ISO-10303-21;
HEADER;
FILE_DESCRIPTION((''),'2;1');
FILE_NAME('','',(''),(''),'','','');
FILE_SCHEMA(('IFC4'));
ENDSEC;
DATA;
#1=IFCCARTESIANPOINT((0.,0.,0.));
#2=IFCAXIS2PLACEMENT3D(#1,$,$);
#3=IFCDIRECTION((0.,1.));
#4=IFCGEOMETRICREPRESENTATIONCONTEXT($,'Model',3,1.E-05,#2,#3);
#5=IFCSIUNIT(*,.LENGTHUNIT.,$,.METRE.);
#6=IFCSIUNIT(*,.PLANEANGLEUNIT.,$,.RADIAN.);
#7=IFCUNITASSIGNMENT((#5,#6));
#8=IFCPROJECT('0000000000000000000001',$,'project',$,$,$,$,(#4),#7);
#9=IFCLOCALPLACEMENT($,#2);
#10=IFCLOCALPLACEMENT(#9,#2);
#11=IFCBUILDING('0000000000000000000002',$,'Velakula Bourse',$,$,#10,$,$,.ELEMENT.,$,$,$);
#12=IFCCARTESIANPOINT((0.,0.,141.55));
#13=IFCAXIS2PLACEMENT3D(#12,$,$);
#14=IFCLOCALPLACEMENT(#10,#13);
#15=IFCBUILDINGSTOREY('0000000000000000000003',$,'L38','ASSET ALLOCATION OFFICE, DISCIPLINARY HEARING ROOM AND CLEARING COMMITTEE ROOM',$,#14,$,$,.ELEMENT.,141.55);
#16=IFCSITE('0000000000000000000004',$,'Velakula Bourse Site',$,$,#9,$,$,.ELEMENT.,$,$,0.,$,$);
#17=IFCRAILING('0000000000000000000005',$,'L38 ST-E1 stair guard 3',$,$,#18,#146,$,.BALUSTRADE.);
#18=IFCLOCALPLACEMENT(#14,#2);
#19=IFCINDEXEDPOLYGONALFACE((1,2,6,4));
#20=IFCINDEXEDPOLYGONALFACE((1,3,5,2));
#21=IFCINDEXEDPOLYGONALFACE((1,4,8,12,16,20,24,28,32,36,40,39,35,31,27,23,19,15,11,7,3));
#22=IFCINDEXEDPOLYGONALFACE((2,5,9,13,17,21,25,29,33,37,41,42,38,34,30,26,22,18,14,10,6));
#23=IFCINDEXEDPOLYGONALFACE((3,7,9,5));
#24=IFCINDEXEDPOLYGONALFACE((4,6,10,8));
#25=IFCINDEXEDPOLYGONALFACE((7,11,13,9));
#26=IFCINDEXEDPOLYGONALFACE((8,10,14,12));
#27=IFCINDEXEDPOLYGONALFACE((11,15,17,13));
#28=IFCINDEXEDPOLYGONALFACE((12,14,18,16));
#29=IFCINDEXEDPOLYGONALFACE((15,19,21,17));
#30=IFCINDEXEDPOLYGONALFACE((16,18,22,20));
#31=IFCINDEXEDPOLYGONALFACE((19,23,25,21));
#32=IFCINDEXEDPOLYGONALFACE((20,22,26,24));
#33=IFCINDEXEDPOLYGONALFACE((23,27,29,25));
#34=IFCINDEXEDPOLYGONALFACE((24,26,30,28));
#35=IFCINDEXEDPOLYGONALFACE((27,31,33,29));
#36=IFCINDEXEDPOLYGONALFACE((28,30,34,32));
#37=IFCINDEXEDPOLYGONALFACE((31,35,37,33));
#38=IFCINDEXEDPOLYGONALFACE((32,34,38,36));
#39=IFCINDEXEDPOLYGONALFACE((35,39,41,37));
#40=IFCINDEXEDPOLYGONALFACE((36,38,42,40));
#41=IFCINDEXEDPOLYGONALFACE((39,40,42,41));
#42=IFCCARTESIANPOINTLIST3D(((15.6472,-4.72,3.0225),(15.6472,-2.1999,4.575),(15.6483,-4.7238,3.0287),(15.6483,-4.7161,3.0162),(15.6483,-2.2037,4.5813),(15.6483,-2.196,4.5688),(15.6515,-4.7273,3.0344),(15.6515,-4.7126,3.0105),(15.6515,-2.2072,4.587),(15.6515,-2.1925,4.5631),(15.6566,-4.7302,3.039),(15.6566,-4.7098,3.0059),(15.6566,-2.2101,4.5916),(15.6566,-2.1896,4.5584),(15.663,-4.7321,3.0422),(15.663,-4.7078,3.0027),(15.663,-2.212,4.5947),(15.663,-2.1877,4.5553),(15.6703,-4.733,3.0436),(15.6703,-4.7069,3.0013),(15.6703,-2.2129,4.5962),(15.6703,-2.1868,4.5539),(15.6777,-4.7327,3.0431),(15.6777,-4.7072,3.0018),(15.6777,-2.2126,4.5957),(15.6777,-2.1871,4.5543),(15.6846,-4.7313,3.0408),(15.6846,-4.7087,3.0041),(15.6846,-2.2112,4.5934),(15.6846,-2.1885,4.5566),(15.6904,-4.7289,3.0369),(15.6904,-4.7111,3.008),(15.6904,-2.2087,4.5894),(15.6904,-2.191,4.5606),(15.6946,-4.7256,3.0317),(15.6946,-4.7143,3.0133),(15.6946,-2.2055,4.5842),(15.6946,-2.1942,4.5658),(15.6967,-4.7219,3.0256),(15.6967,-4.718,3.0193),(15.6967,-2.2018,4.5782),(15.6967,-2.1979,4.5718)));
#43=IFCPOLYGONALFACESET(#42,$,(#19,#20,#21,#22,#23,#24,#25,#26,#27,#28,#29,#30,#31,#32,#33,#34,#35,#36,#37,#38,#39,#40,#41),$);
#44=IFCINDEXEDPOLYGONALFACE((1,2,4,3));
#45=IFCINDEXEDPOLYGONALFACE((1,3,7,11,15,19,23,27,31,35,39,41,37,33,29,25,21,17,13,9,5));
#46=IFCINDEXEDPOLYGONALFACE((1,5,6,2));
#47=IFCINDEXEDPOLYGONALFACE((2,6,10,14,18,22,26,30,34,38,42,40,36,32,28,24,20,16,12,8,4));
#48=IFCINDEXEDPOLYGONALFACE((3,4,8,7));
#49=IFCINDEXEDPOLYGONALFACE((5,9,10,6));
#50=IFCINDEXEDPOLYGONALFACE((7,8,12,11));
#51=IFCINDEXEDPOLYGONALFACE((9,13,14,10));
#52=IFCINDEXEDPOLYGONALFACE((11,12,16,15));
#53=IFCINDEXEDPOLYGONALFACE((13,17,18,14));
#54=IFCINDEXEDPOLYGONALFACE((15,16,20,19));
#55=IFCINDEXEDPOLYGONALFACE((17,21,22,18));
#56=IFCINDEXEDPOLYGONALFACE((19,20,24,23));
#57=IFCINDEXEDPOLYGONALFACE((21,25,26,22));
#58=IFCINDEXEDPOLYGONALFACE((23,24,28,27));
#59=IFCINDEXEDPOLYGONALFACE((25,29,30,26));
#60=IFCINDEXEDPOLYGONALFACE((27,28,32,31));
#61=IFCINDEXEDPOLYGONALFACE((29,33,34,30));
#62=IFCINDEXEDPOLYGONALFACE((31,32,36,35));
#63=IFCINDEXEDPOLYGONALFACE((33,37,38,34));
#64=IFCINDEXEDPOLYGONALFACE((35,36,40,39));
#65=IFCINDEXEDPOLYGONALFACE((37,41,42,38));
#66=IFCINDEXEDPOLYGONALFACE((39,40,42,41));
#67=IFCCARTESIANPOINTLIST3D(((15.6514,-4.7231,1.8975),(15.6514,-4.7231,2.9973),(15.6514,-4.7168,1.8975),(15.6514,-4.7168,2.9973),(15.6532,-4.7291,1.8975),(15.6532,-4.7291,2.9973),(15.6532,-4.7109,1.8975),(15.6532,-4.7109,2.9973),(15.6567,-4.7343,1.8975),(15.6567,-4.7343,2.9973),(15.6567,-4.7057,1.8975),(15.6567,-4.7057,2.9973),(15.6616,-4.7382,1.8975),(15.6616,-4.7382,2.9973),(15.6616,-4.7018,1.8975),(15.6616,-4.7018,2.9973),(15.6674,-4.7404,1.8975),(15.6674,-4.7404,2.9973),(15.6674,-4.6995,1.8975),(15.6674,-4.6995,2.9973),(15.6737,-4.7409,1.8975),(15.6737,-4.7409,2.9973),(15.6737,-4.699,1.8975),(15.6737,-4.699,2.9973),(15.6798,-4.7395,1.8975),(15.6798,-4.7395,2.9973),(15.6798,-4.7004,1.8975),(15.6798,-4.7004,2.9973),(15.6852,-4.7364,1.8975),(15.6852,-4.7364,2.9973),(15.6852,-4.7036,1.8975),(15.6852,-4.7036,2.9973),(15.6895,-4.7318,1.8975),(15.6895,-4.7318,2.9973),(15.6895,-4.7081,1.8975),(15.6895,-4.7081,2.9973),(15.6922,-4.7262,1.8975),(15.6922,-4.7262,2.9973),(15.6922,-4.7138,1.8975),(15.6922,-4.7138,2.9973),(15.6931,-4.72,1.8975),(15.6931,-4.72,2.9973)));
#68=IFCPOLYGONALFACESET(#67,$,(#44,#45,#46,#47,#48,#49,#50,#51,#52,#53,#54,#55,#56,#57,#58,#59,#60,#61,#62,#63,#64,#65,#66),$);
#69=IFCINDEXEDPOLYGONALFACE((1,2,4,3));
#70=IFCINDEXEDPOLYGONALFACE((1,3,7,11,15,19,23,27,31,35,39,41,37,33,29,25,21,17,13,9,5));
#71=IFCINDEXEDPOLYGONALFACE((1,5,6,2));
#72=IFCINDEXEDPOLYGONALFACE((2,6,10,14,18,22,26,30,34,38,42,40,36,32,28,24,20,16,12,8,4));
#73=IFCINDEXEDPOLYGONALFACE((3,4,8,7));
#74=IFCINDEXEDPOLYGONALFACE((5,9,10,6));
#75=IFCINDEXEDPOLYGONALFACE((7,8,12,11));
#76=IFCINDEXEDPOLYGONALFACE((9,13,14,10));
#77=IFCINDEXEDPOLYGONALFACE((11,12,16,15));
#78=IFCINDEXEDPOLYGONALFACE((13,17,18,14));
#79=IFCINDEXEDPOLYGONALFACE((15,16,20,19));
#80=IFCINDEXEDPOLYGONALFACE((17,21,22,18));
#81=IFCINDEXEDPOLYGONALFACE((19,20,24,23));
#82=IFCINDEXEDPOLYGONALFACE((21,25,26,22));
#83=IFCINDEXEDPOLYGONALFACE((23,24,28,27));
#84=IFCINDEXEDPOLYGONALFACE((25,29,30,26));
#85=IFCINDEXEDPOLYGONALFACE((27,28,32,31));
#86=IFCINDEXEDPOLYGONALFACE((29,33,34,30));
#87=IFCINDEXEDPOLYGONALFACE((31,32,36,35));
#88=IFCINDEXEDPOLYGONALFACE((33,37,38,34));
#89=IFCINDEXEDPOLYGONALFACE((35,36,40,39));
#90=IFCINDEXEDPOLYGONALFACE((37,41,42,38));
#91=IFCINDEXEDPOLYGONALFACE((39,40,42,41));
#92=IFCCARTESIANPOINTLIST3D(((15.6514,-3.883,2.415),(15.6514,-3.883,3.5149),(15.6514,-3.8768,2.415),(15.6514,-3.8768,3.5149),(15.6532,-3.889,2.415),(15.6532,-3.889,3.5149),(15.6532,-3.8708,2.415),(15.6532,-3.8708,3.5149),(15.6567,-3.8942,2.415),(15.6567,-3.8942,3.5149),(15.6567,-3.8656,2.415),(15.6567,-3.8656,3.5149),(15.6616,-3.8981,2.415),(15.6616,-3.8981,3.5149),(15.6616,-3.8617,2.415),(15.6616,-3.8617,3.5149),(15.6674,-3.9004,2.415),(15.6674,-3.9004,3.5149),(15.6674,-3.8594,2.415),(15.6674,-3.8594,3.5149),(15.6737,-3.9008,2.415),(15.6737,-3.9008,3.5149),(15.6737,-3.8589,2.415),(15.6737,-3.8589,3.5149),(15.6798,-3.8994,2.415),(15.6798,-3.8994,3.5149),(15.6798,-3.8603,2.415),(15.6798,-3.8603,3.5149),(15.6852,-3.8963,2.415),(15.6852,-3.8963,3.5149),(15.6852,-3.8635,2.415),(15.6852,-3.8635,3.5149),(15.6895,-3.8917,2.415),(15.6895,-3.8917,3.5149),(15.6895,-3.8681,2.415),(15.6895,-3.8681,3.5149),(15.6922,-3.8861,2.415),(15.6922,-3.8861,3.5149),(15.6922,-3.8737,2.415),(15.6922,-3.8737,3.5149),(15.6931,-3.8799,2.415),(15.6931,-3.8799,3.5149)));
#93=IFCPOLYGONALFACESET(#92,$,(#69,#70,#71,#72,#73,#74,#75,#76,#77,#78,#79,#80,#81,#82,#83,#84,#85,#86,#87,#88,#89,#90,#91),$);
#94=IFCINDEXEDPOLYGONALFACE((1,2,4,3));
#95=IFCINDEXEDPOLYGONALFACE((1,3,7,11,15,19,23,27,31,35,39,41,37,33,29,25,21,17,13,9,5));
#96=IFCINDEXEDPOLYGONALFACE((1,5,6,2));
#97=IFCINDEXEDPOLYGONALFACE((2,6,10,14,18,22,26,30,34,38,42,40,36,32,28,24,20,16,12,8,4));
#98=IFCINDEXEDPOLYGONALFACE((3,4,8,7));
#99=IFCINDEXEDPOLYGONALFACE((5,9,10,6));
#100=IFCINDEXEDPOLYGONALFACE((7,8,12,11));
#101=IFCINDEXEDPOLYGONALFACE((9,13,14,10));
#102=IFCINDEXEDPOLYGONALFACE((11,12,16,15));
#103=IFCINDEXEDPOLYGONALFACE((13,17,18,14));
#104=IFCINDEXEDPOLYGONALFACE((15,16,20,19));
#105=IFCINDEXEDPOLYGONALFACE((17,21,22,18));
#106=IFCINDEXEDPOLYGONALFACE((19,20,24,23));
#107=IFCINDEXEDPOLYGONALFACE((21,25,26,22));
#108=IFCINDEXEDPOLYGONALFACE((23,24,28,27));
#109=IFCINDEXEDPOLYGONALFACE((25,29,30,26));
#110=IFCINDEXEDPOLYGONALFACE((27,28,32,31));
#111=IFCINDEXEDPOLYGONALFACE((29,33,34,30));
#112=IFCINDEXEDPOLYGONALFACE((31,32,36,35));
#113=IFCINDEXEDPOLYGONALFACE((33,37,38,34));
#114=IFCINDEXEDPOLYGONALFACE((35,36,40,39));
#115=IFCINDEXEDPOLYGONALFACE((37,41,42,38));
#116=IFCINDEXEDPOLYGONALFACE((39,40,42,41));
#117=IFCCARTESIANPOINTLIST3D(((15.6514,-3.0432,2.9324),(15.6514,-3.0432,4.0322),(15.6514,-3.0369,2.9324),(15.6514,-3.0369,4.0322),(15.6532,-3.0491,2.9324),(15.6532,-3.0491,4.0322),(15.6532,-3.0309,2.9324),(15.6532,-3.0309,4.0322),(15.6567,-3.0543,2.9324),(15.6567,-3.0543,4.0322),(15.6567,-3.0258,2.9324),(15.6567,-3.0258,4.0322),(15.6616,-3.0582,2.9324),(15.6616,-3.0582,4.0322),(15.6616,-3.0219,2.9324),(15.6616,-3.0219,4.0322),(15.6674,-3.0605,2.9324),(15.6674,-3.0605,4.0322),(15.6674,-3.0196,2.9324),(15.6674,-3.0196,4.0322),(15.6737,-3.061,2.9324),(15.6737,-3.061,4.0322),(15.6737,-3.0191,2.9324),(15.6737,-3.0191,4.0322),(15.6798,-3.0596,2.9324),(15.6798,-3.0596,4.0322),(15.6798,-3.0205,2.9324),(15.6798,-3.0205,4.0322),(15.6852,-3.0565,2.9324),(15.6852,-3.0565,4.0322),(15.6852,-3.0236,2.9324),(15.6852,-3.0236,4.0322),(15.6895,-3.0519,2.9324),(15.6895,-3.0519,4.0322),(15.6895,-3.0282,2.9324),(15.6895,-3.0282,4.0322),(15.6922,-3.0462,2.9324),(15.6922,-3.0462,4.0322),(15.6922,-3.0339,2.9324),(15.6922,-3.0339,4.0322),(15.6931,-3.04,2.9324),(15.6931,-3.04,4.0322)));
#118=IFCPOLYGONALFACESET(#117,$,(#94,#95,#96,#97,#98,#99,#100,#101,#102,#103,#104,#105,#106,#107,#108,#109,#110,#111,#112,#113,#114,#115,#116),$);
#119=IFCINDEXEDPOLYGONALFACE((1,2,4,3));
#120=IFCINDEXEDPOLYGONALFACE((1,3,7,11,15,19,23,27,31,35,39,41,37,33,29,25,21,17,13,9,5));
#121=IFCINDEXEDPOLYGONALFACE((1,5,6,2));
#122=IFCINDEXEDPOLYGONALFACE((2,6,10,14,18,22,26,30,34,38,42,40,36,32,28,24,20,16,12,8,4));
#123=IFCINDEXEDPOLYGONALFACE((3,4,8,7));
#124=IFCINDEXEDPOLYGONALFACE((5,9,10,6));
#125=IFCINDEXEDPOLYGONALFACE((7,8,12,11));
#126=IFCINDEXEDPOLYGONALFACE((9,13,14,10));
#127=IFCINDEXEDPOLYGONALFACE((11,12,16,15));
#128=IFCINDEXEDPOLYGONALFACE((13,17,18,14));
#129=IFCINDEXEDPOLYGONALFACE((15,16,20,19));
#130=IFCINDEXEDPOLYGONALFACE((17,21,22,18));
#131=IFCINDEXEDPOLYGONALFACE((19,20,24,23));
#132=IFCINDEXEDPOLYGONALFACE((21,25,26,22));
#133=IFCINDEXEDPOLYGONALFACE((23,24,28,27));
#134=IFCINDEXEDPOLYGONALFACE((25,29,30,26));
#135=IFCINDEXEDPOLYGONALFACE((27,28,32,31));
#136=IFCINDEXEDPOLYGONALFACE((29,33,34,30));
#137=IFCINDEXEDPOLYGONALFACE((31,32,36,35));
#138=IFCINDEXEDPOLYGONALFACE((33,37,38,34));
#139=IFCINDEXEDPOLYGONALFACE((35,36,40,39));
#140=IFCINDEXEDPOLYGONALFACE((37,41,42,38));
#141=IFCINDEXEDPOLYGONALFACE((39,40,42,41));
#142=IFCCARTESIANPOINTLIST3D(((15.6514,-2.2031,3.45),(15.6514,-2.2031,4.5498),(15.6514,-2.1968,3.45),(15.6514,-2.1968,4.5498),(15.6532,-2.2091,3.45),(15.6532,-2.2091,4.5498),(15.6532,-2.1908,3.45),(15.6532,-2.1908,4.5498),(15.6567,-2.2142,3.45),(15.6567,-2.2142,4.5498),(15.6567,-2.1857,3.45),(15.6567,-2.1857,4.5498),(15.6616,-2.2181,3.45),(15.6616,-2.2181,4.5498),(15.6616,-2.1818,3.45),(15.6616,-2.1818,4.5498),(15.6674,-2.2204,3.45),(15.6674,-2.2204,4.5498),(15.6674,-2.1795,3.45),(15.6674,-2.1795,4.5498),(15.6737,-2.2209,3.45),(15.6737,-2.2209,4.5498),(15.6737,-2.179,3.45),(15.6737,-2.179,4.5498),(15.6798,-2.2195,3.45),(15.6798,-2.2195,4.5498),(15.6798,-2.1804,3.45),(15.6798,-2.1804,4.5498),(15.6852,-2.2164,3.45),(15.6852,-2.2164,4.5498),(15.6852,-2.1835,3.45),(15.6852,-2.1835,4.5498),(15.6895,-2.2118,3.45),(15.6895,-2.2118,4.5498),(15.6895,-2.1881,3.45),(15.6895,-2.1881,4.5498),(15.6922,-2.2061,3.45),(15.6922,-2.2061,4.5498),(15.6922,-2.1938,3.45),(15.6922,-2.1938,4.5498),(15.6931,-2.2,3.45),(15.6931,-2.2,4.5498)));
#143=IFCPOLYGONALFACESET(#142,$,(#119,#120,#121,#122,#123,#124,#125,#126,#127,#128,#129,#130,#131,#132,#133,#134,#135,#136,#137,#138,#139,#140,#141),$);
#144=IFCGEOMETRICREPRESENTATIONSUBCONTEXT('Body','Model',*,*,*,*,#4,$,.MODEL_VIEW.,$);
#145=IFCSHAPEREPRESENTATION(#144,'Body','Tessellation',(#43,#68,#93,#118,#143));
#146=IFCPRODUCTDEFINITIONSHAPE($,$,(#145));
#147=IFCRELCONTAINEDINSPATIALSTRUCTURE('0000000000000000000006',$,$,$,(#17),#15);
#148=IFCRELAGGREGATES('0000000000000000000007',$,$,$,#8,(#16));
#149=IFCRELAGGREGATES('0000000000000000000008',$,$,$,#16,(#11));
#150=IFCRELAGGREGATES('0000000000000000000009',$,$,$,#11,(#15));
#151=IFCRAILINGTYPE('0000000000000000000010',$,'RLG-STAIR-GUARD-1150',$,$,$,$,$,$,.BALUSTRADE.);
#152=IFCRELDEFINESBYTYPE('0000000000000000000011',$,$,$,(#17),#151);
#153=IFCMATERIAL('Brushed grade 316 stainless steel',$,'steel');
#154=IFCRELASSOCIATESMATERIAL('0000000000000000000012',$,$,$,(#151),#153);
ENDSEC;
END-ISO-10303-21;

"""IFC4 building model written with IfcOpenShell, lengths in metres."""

from ifc_helpers import new_model, si_unit, direction, frame, origin, origin_2d, place, context, subcontext, project, spatial, circle, extrude, material, type_object, element, save


model = new_model("IFC4")

# Units and contexts
model_context = context("Model", 3, precision=1e-05, world=origin(), true_north=direction((0.0, 1.0)))
body_context = subcontext(model_context, "Body", "Model", "MODEL_VIEW")
ifc_project = project(units=[si_unit("LENGTHUNIT", "METRE"), si_unit("PLANEANGLEUNIT", "RADIAN")], contexts=[model_context])

# Site, building, storey
site_placement = place(None, origin())
site = spatial("IfcSite", under=ifc_project, at=site_placement, Name="Velakula Bourse Site", CompositionType="ELEMENT", RefElevation=0.0)
building_placement = place(site_placement, origin())
building = spatial("IfcBuilding", under=site, at=building_placement, Name="Velakula Bourse", CompositionType="ELEMENT")
storey_placement = place(building_placement, frame((0.0, 0.0, 141.55)))
storey = spatial("IfcBuildingStorey", under=building, at=storey_placement, Name="L38", Description="ASSET ALLOCATION OFFICE, DISCIPLINARY HEARING ROOM AND CLEARING COMMITTEE ROOM", CompositionType="ELEMENT", Elevation=141.55)

# Shared definitions
ifc_material_1 = material(Name="Brushed grade 316 stainless steel", Category="steel")

# Railing
railing_type_1 = type_object("IfcRailingType", Name="RLG-STAIR-GUARD-1150", PredefinedType="BALUSTRADE", material=ifc_material_1)
railing_1_placement = place(storey_placement, frame((15.6721, -4.72, 1.8975)))
element("IfcRailing", 1, at=railing_1_placement, inside=storey, type_object=railing_type_1, Name="L38 ST-E1 stair guard 3", PredefinedType="BALUSTRADE", context=body_context, shape_type="SweptSolid", body=[
    extrude(circle(Radius=0.0249, at=origin_2d()), frame((0.0, 0.0, 1.125), z_axis=(0.0, 0.8514, 0.524516), x_axis=(-1.0, 0.0, 0.0)), (0.0, 0.0, 1.0), 2.96),
    extrude(circle(Radius=0.021, at=origin_2d()), origin(), (0.0, 0.0, 1.0), 1.0999),
    extrude(circle(Radius=0.021, at=origin_2d()), frame((0.0, 0.8401, 0.5176)), (0.0, 0.0, 1.0), 1.0999),
    extrude(circle(Radius=0.021, at=origin_2d()), frame((0.0, 1.6799, 1.0349)), (0.0, 0.0, 1.0), 1.0999),
    extrude(circle(Radius=0.021, at=origin_2d()), frame((0.0, 2.52, 1.5525)), (0.0, 0.0, 1.0), 1.0999),
])

save(model, "model.ifc")
